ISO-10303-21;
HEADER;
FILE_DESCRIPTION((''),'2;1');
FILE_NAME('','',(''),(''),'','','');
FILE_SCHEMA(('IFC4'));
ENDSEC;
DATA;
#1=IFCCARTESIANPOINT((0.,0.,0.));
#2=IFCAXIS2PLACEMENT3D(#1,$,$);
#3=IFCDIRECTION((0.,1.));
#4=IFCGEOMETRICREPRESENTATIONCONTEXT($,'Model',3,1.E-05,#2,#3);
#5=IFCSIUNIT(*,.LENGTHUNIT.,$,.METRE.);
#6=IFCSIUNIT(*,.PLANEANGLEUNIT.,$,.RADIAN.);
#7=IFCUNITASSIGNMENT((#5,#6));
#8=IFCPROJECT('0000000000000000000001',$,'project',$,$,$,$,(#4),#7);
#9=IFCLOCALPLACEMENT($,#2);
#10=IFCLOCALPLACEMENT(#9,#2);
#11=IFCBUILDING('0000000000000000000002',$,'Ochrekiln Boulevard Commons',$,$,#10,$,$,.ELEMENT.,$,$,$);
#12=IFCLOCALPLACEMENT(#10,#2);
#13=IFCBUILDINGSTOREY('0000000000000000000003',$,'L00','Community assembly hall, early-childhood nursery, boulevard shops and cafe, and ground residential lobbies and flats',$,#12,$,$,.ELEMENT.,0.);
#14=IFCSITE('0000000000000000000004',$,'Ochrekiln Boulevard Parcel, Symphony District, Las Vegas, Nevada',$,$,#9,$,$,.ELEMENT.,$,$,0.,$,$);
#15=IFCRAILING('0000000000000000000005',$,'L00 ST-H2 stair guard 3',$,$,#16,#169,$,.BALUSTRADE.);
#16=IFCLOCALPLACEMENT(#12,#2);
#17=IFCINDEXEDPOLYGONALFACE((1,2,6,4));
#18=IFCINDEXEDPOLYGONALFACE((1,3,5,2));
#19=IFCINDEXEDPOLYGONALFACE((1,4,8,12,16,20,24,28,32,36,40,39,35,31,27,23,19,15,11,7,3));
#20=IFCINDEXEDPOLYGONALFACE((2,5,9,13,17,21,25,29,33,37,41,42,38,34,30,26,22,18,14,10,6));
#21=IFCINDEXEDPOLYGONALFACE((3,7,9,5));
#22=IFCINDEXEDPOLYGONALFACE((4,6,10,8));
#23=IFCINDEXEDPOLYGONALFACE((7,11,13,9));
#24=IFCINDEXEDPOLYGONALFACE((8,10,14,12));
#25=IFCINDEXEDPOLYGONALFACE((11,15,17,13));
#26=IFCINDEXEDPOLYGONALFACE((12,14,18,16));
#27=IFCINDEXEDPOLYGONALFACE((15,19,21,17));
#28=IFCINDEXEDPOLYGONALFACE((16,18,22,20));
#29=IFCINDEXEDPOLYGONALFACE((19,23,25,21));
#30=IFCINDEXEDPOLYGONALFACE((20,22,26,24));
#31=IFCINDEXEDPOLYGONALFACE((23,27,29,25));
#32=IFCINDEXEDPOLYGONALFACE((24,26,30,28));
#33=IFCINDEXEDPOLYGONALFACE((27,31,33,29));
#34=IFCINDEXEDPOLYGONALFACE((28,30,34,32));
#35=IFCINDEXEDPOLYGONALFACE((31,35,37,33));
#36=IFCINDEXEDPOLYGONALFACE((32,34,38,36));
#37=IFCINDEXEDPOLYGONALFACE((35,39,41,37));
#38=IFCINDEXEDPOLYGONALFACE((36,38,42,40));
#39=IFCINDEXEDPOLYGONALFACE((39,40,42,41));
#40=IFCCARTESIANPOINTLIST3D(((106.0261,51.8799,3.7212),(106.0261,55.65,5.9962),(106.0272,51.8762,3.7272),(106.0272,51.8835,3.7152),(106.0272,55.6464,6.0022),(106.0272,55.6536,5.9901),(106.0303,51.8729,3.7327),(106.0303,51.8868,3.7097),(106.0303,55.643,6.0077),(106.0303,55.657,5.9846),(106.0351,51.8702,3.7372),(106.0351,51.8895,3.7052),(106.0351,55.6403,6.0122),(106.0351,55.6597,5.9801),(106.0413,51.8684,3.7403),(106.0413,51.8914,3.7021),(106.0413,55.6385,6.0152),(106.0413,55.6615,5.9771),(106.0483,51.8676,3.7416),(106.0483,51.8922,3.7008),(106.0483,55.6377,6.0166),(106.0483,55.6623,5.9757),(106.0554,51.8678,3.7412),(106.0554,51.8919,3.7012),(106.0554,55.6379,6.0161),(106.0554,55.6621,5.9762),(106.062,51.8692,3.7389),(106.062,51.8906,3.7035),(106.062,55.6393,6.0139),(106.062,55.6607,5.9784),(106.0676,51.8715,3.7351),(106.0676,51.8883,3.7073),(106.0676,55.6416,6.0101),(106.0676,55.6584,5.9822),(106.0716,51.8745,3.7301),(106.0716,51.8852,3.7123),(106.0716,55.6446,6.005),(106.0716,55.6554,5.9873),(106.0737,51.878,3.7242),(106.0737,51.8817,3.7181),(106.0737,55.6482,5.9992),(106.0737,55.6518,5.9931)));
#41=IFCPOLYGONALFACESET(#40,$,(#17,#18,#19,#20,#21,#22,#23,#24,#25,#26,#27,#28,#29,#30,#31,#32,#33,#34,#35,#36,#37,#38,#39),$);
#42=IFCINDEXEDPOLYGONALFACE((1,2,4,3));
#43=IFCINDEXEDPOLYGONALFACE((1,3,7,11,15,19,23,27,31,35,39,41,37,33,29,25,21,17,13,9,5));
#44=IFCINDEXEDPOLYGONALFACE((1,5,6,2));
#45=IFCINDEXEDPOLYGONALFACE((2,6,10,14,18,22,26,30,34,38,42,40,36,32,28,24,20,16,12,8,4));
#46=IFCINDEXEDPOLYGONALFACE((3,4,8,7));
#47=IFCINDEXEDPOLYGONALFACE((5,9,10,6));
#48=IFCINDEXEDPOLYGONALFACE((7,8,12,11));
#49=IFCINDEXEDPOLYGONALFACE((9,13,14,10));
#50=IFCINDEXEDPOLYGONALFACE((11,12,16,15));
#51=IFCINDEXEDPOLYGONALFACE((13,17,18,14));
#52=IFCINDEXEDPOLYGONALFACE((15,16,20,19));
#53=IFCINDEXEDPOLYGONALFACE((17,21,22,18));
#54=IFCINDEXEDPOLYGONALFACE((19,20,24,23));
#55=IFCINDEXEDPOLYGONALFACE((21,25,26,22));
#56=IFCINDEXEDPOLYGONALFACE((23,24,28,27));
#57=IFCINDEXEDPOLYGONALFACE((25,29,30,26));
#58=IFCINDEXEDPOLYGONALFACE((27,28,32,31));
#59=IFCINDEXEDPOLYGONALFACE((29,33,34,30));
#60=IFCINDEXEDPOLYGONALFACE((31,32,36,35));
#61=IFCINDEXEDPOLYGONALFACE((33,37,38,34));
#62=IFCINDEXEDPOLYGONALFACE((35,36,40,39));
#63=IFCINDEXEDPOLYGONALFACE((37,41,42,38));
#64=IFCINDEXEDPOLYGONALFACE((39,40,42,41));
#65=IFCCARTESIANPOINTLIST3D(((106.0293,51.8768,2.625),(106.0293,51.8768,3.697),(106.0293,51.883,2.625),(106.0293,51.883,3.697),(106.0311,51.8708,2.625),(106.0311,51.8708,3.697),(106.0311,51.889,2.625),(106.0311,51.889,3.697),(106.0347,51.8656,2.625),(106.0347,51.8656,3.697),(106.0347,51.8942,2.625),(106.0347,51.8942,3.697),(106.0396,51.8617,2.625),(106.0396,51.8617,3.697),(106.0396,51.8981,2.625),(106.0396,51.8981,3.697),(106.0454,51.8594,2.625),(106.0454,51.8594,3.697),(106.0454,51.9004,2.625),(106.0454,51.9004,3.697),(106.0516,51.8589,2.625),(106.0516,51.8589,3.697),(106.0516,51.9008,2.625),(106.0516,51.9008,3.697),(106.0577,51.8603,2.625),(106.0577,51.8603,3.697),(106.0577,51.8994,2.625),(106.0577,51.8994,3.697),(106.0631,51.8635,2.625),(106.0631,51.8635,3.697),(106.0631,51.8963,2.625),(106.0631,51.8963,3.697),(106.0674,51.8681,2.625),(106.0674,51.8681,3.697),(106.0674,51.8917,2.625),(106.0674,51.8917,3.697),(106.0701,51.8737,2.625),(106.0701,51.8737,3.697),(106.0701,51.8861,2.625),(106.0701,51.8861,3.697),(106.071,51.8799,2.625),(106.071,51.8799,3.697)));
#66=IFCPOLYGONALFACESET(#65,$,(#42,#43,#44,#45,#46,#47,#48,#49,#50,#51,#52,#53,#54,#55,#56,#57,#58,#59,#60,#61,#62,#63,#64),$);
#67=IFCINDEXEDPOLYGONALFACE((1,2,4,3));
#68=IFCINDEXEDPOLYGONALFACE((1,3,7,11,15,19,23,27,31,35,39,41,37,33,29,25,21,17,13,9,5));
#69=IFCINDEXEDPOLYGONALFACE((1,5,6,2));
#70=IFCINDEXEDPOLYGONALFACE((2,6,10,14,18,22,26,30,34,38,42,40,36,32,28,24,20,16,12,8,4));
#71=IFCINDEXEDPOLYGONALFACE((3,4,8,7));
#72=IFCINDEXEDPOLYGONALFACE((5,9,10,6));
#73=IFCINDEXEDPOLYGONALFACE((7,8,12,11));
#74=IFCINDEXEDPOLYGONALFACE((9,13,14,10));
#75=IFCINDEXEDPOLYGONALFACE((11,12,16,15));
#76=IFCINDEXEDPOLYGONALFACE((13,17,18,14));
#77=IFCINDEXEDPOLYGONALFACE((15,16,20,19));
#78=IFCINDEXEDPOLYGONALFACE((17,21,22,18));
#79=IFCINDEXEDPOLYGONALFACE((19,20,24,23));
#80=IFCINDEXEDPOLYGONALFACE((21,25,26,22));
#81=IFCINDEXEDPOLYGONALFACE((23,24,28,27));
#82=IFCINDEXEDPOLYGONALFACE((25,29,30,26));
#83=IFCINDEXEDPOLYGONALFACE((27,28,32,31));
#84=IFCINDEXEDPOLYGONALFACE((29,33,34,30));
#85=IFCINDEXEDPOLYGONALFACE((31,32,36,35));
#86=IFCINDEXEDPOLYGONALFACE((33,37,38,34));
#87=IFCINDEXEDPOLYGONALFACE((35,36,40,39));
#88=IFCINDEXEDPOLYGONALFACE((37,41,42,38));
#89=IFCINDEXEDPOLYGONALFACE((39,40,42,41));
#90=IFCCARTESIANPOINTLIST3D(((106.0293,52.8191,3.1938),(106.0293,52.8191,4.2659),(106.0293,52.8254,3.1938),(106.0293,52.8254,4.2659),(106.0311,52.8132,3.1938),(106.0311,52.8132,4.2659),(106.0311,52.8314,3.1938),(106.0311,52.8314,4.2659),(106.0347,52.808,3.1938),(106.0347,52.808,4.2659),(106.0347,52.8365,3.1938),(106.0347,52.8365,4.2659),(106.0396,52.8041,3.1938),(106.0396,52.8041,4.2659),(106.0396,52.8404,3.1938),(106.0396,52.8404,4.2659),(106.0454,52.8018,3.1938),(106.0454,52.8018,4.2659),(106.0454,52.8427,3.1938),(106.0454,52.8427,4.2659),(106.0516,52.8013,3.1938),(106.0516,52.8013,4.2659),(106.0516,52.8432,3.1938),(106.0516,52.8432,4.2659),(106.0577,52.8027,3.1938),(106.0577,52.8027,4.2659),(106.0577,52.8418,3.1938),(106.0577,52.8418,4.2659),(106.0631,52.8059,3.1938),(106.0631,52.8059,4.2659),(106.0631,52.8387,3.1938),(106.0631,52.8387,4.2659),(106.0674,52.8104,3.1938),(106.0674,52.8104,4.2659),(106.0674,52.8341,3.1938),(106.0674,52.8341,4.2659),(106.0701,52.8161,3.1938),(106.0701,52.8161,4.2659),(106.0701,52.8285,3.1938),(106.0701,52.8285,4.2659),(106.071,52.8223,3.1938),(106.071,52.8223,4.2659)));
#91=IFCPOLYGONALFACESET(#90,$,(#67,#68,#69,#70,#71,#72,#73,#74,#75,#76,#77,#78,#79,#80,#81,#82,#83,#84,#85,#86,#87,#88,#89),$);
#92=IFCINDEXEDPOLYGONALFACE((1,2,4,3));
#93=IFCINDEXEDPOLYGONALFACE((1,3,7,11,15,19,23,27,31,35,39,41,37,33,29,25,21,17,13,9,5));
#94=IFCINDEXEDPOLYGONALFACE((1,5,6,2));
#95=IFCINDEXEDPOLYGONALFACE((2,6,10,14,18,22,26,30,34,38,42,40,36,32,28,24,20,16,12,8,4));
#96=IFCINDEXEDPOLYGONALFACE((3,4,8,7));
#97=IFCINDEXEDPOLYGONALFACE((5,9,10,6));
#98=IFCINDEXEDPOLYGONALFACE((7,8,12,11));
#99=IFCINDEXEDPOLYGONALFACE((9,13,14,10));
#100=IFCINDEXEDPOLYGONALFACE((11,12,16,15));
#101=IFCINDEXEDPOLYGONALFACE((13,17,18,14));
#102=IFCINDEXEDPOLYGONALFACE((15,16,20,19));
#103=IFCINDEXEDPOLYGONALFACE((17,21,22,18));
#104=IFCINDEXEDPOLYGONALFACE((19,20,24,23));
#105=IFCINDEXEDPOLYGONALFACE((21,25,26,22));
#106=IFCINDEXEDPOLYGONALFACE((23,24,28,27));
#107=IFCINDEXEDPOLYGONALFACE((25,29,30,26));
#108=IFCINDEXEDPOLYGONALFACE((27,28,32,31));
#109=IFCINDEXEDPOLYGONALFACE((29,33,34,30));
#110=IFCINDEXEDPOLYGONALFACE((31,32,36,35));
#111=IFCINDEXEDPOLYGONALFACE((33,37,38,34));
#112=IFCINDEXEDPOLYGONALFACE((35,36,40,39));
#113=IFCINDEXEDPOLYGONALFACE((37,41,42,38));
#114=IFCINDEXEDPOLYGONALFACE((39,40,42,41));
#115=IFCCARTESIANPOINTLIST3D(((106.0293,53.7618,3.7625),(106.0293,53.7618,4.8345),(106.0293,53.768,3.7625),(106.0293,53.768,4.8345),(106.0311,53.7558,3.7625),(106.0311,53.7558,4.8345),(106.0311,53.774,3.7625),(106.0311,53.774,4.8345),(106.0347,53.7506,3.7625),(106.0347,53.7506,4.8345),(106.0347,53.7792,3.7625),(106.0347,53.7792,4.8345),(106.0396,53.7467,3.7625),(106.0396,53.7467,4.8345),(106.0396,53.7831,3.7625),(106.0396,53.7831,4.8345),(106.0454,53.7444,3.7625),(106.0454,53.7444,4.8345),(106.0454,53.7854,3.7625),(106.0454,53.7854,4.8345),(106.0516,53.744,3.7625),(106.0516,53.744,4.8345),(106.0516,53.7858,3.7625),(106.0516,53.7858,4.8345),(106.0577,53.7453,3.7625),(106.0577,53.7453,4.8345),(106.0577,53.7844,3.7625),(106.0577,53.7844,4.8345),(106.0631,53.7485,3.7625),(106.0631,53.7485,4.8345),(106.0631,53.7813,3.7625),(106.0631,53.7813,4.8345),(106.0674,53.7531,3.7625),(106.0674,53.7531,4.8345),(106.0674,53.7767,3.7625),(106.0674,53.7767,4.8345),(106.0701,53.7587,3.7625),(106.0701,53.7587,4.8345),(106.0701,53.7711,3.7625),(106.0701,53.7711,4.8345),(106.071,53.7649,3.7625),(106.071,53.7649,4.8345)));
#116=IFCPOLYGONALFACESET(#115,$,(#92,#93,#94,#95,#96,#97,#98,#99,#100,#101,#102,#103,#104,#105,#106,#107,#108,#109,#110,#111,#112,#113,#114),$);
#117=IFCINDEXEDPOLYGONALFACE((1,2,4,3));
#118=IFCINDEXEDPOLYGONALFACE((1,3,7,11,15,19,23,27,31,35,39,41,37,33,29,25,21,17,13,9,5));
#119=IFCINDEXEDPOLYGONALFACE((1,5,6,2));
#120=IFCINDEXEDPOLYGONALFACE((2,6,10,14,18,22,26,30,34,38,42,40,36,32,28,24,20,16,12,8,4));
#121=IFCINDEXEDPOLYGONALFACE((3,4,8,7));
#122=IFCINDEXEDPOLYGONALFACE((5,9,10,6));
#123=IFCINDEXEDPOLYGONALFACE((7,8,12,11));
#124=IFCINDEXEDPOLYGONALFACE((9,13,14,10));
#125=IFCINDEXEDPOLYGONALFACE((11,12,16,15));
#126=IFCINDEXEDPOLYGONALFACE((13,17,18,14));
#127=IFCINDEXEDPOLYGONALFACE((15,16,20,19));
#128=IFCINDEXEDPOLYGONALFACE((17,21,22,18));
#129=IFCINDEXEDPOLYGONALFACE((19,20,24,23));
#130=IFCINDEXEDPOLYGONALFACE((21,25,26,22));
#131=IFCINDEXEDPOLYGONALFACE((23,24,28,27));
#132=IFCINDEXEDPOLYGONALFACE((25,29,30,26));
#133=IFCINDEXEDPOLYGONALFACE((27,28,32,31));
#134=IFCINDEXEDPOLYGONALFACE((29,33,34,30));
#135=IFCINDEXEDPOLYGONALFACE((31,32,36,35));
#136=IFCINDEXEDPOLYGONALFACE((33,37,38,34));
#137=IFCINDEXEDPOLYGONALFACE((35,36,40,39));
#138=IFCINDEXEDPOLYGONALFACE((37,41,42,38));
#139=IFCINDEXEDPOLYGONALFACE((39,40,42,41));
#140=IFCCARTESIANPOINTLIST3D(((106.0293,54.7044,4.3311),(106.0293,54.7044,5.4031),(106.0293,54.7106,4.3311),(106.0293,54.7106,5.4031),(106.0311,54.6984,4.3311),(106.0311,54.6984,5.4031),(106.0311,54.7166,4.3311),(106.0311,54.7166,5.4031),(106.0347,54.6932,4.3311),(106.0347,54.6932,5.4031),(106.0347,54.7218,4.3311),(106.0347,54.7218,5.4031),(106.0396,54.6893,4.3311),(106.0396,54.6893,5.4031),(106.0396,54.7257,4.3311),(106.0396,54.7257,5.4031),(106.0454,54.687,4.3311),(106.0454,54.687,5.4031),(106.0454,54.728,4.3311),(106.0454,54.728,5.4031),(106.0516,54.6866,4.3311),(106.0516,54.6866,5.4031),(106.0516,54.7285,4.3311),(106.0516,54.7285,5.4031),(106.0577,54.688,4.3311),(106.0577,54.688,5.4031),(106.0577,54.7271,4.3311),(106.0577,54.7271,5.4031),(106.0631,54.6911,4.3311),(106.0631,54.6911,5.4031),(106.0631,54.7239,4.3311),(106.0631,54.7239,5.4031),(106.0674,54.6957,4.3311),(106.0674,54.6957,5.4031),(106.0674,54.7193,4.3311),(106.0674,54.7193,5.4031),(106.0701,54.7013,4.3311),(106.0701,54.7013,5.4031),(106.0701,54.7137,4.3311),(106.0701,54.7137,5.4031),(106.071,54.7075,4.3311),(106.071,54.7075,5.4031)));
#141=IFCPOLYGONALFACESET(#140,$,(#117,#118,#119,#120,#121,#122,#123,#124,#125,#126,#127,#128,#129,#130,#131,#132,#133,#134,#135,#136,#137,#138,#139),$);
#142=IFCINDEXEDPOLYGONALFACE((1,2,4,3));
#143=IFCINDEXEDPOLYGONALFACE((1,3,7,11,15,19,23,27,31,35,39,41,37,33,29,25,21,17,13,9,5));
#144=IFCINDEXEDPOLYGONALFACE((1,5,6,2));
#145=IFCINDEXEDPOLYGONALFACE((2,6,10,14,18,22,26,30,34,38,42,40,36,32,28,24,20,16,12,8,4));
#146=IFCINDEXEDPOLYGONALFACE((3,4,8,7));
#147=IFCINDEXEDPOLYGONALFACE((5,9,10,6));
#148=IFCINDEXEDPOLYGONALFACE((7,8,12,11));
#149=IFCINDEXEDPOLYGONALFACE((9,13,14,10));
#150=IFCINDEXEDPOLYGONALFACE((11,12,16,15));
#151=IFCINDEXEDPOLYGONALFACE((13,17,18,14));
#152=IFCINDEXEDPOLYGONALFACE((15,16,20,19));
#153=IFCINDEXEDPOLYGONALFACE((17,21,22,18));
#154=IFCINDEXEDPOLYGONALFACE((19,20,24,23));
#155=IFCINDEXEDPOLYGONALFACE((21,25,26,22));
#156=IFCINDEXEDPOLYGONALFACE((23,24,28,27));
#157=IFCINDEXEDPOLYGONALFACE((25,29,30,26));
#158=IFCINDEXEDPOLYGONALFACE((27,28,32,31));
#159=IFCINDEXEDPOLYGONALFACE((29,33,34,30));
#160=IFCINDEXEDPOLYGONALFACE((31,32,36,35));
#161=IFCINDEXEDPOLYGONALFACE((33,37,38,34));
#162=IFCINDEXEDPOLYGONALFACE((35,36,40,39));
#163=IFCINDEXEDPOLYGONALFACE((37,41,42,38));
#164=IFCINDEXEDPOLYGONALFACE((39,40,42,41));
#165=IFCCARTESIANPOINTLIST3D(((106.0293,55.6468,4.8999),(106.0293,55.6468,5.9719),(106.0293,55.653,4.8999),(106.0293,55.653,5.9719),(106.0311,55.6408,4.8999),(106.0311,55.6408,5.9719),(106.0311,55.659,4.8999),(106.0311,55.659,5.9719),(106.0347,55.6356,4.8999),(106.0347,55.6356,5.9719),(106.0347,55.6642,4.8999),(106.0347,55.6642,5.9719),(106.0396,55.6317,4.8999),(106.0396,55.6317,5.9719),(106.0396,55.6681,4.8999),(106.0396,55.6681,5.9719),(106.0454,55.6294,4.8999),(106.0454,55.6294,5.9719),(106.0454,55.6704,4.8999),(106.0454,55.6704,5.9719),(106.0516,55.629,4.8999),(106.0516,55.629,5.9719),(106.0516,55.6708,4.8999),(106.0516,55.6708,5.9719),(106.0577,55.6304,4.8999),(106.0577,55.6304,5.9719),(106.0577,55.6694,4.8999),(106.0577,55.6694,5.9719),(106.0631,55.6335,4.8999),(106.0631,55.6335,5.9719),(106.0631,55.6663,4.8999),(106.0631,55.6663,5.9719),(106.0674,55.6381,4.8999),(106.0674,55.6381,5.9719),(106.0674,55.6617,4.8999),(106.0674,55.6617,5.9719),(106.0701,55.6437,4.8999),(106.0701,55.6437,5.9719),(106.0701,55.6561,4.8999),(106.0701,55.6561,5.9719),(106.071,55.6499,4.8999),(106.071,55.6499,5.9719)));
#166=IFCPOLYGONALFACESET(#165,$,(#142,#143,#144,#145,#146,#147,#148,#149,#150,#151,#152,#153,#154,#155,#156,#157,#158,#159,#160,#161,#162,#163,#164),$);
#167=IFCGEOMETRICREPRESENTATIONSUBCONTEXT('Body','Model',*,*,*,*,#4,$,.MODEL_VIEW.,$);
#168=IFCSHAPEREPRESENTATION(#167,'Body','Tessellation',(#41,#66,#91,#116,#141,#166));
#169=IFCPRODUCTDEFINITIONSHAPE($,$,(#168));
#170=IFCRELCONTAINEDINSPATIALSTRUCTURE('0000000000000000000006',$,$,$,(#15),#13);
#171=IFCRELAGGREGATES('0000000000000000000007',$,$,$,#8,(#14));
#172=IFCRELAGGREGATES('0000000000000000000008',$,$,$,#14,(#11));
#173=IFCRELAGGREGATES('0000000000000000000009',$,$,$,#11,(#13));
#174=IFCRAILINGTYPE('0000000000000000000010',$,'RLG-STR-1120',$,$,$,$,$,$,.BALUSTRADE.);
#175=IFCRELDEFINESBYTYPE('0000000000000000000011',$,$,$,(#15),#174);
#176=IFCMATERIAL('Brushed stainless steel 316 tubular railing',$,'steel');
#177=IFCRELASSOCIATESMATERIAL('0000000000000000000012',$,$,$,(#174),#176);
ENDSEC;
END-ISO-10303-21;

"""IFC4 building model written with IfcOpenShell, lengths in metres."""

from ifc_helpers import new_model, si_unit, direction, frame, origin, origin_2d, place, context, subcontext, project, spatial, circle, extrude, material, type_object, element, save


model = new_model("IFC4")

# Units and contexts
model_context = context("Model", 3, precision=1e-05, world=origin(), true_north=direction((0.0, 1.0)))
body_context = subcontext(model_context, "Body", "Model", "MODEL_VIEW")
ifc_project = project(units=[si_unit("LENGTHUNIT", "METRE"), si_unit("PLANEANGLEUNIT", "RADIAN")], contexts=[model_context])

# Site, building, storey
site_placement = place(None, origin())
site = spatial("IfcSite", under=ifc_project, at=site_placement, Name="Ochrekiln Boulevard Parcel, Symphony District, Las Vegas, Nevada", CompositionType="ELEMENT", RefElevation=0.0)
building_placement = place(site_placement, origin())
building = spatial("IfcBuilding", under=site, at=building_placement, Name="Ochrekiln Boulevard Commons", CompositionType="ELEMENT")
storey_placement = place(building_placement, origin())
storey = spatial("IfcBuildingStorey", under=building, at=storey_placement, Name="L00", Description="Community assembly hall, early-childhood nursery, boulevard shops and cafe, and ground residential lobbies and flats", CompositionType="ELEMENT", Elevation=0.0)

# Railing
ifc_material_1 = material(Name="Brushed stainless steel 316 tubular railing", Category="steel")
railing_type_1 = type_object("IfcRailingType", Name="RLG-STR-1120", PredefinedType="BALUSTRADE", material=ifc_material_1)
railing_1_placement = place(storey_placement, frame((106.05, 51.8799, 2.625)))
element("IfcRailing", 1, at=railing_1_placement, inside=storey, type_object=railing_type_1, Name="L00 ST-H2 stair guard 3", PredefinedType="BALUSTRADE", context=body_context, shape_type="SweptSolid", body=[
    extrude(circle(Radius=0.0239, at=origin_2d()), frame((0.0, 0.0, 1.0962), z_axis=(0.0, 0.856199, 0.516647), x_axis=(-1.0, 0.0, 0.0)), (0.0, 0.0, 1.0), 4.4033),
    extrude(circle(Radius=0.021, at=origin_2d()), origin(), (0.0, 0.0, 1.0), 1.072),
    extrude(circle(Radius=0.021, at=origin_2d()), frame((0.0, 0.9424, 0.5688)), (0.0, 0.0, 1.0), 1.072),
    extrude(circle(Radius=0.021, at=origin_2d()), frame((0.0, 1.885, 1.1375)), (0.0, 0.0, 1.0), 1.072),
    extrude(circle(Radius=0.021, at=origin_2d()), frame((0.0, 2.8276, 1.7061)), (0.0, 0.0, 1.0), 1.072),
    extrude(circle(Radius=0.021, at=origin_2d()), frame((0.0, 3.77, 2.2749)), (0.0, 0.0, 1.0), 1.072),
])

save(model, "model.ifc")
